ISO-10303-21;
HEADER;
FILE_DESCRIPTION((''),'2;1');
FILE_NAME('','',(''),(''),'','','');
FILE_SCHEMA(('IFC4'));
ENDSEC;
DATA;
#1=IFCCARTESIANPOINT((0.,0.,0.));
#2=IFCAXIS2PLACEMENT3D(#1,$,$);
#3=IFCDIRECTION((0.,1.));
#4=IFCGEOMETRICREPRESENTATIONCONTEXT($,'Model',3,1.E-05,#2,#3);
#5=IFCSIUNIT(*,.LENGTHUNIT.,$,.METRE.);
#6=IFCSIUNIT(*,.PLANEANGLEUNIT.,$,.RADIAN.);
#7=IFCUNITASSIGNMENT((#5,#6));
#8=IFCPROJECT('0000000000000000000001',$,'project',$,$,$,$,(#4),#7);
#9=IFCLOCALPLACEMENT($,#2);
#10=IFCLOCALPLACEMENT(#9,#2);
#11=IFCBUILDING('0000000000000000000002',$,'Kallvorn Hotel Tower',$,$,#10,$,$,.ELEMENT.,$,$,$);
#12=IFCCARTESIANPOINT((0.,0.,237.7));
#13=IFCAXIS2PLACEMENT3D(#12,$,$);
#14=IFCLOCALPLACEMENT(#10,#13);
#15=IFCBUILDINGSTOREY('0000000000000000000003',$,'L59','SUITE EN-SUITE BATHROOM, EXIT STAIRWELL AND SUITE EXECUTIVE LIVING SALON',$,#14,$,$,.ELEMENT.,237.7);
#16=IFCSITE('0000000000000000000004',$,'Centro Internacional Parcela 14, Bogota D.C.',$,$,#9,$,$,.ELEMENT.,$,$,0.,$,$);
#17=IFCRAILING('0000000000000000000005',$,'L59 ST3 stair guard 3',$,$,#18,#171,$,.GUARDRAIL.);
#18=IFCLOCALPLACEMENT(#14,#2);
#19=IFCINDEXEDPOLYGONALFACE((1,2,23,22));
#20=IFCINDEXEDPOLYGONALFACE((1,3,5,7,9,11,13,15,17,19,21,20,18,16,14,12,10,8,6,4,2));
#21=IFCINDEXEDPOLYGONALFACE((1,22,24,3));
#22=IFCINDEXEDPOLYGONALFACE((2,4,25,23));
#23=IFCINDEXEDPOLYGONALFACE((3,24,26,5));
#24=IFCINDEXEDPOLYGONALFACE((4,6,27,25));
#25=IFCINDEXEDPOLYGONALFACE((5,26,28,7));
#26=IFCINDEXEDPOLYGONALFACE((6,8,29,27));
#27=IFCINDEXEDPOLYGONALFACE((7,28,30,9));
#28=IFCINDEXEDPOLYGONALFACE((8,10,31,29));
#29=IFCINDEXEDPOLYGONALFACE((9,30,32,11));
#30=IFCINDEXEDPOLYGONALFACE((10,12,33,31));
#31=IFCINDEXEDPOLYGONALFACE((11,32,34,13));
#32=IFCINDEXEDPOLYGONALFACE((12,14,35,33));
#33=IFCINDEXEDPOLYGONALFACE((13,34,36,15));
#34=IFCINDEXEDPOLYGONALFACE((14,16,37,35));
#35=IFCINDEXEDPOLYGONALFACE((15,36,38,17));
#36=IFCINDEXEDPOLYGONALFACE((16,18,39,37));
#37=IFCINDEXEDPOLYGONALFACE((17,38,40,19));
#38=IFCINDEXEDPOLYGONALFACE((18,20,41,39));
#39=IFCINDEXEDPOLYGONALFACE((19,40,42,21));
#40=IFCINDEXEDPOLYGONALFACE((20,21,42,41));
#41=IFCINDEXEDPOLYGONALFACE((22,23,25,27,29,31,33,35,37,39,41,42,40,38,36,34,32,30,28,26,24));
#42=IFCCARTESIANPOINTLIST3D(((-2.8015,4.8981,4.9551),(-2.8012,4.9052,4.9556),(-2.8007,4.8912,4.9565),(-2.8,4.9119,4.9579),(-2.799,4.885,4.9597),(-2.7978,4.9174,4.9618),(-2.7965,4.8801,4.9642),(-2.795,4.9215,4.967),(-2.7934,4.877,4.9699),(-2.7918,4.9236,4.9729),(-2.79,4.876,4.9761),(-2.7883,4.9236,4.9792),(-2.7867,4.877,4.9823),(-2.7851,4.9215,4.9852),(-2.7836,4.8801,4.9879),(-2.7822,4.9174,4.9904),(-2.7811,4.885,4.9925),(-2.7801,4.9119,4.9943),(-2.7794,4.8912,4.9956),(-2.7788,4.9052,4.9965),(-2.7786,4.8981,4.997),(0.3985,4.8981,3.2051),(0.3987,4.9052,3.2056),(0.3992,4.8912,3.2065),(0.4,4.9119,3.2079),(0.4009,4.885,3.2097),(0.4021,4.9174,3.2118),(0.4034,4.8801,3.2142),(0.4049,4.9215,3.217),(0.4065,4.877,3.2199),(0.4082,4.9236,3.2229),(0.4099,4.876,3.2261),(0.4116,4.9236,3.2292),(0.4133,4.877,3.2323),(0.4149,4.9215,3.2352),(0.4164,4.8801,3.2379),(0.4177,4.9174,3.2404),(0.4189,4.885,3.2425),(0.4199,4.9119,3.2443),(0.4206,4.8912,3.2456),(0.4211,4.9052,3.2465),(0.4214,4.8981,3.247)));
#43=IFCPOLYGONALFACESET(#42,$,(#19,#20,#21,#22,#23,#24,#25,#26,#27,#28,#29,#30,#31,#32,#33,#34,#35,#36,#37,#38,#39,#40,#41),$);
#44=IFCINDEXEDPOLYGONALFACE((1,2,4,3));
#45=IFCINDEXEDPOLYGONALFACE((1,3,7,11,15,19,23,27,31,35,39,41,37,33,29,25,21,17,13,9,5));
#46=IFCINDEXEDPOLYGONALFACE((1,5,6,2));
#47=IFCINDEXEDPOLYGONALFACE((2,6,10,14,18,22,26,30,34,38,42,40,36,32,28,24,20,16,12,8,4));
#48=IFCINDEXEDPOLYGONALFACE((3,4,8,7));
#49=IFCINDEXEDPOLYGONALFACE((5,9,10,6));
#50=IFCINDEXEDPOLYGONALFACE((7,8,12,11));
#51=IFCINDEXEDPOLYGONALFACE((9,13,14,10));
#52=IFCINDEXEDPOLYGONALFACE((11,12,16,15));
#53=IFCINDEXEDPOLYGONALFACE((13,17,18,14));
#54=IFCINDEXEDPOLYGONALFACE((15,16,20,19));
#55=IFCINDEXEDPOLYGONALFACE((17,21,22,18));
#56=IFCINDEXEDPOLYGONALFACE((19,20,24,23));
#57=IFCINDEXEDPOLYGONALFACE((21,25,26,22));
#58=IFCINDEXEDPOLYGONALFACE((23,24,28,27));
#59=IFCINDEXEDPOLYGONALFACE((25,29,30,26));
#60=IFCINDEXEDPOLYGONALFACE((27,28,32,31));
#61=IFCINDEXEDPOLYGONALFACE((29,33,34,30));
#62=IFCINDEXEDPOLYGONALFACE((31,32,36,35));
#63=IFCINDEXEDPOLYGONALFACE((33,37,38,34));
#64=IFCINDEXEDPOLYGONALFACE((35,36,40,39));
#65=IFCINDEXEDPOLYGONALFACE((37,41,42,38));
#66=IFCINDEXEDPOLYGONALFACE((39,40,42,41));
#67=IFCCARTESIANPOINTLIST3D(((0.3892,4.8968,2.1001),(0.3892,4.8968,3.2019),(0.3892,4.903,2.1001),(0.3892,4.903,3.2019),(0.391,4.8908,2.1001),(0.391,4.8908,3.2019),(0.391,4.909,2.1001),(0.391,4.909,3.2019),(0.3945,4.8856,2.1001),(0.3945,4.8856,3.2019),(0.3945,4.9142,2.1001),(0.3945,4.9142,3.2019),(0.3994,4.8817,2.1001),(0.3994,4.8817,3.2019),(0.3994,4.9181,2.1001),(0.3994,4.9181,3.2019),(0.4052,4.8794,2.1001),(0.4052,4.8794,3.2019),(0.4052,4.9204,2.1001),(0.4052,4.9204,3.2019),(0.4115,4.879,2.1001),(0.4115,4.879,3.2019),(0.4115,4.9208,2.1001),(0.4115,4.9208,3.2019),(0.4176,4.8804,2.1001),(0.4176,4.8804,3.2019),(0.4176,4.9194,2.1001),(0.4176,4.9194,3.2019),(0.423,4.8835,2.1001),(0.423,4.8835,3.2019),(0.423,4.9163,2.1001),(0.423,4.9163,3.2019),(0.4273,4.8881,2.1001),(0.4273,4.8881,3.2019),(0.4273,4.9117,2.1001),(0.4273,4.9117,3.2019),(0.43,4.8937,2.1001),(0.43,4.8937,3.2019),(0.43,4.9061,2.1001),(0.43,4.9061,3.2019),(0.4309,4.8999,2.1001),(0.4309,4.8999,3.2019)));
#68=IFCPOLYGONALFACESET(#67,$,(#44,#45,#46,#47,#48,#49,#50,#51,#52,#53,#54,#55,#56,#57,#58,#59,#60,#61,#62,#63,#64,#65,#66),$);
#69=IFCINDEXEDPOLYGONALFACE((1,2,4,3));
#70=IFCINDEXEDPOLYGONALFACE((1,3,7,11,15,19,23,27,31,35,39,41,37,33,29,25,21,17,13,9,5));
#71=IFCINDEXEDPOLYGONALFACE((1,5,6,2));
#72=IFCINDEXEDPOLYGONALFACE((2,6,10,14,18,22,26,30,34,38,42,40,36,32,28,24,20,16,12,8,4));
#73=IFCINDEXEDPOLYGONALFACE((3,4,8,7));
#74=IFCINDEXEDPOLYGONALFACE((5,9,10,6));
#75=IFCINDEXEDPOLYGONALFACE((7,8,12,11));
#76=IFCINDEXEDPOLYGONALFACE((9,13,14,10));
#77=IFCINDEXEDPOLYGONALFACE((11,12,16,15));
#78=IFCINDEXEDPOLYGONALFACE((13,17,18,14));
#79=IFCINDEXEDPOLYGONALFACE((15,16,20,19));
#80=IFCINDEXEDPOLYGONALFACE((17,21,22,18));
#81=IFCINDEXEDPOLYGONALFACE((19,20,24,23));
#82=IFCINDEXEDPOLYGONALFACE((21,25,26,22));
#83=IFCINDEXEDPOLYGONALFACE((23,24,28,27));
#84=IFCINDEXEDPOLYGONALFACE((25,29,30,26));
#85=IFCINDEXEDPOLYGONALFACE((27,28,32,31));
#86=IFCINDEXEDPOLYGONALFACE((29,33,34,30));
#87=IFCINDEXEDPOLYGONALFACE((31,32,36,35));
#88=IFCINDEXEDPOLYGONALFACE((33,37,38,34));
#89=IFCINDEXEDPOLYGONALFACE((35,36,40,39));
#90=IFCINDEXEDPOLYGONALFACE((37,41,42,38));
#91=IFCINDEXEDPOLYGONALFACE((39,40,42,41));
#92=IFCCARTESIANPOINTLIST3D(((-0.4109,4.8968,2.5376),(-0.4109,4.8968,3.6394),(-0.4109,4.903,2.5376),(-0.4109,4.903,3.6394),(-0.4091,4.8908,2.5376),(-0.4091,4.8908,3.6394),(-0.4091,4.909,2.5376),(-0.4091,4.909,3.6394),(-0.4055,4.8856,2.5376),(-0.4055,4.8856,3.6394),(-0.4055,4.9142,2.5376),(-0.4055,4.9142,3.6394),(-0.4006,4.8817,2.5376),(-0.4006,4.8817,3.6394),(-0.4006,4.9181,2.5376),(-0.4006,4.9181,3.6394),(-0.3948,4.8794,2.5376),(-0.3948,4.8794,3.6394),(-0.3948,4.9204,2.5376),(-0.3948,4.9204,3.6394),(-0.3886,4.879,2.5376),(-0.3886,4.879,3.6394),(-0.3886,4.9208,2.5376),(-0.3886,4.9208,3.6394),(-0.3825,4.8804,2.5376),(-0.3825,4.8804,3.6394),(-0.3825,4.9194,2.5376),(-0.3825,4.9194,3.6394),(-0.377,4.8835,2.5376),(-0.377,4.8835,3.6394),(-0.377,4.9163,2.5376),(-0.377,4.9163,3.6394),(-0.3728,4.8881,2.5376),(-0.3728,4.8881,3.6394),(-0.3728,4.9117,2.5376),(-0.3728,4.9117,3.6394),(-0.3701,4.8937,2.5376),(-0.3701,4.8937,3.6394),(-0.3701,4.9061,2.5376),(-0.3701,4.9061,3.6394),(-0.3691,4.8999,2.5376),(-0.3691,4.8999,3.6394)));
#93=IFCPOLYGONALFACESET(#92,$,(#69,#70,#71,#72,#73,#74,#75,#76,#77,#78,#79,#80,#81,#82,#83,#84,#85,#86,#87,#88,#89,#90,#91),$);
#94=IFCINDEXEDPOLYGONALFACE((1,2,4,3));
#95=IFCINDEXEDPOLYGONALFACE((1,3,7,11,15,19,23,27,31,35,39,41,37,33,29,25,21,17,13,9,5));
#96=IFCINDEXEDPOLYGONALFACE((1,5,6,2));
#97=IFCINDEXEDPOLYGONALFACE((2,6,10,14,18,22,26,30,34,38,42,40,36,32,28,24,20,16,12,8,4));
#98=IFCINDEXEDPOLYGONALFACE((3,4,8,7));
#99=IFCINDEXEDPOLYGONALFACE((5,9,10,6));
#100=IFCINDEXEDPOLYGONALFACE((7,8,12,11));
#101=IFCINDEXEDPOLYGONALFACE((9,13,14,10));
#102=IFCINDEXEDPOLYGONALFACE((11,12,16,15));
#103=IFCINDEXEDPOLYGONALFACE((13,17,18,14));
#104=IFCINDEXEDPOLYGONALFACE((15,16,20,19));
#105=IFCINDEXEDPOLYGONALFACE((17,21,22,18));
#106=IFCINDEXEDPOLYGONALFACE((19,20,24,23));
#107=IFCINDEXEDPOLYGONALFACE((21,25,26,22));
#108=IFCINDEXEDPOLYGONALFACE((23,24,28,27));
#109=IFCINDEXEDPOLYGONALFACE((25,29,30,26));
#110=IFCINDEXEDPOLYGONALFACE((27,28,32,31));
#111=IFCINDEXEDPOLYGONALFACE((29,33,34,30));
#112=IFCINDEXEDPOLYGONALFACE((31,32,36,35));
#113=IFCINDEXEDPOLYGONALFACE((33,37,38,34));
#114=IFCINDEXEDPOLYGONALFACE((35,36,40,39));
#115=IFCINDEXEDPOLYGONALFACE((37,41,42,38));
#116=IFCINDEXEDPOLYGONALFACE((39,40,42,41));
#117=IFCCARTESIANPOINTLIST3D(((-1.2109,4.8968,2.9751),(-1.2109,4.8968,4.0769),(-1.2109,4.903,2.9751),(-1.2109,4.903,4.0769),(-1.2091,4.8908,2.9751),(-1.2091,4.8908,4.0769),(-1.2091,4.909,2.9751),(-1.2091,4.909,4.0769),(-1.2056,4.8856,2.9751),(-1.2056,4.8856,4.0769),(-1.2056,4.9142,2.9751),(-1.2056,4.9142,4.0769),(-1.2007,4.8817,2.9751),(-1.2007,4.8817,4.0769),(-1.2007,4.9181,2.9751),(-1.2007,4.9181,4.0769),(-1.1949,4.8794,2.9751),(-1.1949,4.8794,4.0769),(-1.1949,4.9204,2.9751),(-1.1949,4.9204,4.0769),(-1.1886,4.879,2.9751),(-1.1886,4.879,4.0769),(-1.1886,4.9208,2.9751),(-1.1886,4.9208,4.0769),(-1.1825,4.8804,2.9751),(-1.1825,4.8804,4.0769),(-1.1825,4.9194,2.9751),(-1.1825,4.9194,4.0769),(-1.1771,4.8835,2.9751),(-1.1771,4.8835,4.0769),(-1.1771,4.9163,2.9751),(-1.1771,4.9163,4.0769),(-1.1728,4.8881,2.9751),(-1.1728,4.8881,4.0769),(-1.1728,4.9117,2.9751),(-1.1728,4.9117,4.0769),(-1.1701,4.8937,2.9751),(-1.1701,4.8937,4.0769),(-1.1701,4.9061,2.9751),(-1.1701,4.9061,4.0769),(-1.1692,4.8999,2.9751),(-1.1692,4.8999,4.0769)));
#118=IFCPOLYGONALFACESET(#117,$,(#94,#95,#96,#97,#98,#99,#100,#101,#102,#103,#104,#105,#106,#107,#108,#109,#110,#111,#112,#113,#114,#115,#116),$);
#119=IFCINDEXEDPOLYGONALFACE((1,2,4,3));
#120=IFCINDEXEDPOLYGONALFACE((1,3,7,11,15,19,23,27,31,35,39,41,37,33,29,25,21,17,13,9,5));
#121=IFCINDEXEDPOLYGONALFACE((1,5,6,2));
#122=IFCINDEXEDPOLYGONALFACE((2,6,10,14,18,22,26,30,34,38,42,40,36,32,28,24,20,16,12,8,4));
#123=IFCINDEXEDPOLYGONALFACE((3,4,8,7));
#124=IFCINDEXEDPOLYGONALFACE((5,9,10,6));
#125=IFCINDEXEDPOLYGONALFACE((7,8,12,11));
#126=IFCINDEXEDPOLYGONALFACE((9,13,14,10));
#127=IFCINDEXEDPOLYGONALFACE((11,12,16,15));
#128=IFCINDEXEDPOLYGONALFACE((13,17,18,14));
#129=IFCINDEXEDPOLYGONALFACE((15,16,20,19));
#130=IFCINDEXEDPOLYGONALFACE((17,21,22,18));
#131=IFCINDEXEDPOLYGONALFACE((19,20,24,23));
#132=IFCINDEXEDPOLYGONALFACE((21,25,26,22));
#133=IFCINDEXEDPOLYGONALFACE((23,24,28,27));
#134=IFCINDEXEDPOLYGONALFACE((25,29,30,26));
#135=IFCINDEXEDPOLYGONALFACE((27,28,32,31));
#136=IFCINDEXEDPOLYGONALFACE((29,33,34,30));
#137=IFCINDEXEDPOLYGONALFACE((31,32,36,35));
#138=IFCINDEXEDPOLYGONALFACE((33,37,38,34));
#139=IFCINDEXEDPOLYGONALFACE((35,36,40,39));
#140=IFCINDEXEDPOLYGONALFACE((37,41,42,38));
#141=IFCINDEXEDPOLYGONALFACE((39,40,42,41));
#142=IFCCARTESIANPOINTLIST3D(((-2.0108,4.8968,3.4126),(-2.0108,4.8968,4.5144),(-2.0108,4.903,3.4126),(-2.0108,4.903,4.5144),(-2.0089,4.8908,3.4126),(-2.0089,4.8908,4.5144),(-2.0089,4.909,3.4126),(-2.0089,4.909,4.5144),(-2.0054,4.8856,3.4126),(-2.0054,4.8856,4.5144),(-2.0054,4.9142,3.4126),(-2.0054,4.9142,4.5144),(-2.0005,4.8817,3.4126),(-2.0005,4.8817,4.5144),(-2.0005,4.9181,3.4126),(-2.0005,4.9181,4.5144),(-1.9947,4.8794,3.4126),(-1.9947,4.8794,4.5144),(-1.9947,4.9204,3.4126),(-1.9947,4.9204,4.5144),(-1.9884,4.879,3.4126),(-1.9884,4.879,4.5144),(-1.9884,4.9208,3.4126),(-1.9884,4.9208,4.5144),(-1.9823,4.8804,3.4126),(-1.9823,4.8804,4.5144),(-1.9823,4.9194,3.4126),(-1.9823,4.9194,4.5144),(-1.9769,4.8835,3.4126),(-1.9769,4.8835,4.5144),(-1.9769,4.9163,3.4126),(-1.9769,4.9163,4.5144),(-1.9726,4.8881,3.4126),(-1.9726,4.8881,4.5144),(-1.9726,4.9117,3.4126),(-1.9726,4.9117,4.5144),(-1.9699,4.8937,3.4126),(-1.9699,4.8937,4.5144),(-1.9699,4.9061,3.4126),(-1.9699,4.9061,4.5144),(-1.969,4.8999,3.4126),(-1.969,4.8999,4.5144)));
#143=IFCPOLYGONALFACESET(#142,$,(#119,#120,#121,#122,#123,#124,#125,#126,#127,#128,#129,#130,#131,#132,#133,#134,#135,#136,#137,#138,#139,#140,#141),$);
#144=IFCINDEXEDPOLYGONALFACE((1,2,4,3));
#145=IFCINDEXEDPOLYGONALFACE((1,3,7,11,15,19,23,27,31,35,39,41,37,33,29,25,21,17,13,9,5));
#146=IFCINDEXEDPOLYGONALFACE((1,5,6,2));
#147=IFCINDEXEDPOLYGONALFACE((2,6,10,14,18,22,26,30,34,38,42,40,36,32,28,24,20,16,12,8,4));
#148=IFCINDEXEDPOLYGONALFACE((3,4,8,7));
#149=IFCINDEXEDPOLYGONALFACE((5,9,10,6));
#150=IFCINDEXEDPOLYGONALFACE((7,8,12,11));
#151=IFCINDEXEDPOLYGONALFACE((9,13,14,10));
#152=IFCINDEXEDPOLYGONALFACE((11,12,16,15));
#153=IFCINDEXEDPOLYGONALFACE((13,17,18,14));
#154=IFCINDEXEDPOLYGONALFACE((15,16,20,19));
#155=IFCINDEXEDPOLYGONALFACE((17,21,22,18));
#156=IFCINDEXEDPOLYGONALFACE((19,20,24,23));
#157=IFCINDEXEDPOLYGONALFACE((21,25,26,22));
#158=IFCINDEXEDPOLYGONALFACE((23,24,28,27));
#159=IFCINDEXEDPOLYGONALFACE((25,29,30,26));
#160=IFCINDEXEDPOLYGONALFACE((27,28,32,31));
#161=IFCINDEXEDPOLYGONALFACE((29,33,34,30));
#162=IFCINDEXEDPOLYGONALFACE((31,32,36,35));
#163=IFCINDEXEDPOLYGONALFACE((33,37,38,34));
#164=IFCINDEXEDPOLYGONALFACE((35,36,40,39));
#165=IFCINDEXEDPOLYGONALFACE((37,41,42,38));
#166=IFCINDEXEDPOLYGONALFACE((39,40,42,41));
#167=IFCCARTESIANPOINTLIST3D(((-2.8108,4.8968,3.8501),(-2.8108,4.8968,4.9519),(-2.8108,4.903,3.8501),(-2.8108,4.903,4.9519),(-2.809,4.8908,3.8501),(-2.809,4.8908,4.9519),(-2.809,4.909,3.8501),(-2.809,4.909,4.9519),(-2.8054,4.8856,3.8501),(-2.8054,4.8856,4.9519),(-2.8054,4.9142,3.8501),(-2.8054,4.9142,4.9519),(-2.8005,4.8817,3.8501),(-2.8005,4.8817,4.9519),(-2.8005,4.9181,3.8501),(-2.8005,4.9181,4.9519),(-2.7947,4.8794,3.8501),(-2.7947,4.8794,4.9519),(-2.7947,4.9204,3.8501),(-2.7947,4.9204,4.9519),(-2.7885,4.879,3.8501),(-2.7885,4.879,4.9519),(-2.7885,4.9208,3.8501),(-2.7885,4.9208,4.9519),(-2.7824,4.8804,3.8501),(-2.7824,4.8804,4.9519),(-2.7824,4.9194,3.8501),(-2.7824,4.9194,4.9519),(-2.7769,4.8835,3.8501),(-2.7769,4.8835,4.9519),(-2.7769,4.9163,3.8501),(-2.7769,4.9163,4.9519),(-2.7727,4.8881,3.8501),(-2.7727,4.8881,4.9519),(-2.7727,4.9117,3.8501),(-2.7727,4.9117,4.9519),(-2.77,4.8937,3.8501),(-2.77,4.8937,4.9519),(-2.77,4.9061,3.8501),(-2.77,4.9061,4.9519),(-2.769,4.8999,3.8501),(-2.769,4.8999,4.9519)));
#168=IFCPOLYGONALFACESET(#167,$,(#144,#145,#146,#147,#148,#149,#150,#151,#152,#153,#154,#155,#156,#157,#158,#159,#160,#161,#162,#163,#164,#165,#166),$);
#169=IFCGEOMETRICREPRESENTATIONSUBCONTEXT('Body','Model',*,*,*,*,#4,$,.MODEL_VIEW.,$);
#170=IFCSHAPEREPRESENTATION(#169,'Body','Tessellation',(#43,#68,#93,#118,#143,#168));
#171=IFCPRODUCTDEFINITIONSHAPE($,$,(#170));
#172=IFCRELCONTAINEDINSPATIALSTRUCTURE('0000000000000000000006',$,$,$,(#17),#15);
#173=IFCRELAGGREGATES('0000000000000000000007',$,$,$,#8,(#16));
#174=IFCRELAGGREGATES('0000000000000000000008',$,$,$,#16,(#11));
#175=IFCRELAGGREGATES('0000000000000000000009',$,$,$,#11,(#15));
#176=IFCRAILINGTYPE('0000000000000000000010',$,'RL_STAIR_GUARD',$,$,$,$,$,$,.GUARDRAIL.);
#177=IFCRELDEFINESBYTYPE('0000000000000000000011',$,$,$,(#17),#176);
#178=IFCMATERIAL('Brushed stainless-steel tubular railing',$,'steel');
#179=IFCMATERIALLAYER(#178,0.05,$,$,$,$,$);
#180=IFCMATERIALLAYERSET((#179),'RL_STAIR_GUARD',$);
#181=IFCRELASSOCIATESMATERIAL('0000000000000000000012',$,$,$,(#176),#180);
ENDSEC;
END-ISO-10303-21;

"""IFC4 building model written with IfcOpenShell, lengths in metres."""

from ifc_helpers import new_model, si_unit, direction, frame, origin, origin_2d, place, context, subcontext, project, spatial, circle, extrude, material, layer, layer_set, type_object, element, save


model = new_model("IFC4")

# Units and contexts
model_context = context("Model", 3, precision=1e-05, world=origin(), true_north=direction((0.0, 1.0)))
body_context = subcontext(model_context, "Body", "Model", "MODEL_VIEW")
ifc_project = project(units=[si_unit("LENGTHUNIT", "METRE"), si_unit("PLANEANGLEUNIT", "RADIAN")], contexts=[model_context])

# Site, building, storey
site_placement = place(None, origin())
site = spatial("IfcSite", under=ifc_project, at=site_placement, Name="Centro Internacional Parcela 14, Bogota D.C.", CompositionType="ELEMENT", RefElevation=0.0)
building_placement = place(site_placement, origin())
building = spatial("IfcBuilding", under=site, at=building_placement, Name="Kallvorn Hotel Tower", CompositionType="ELEMENT")
storey_placement = place(building_placement, frame((0.0, 0.0, 237.7)))
storey = spatial("IfcBuildingStorey", under=building, at=storey_placement, Name="L59", Description="SUITE EN-SUITE BATHROOM, EXIT STAIRWELL AND SUITE EXECUTIVE LIVING SALON", CompositionType="ELEMENT", Elevation=237.7)

# Railing
ifc_material_1 = material(Name="Brushed stainless-steel tubular railing", Category="steel")
ifc_layer_1 = layer(ifc_material_1, 0.05)
ifc_layer_set_1 = layer_set([ifc_layer_1], Name="RL_STAIR_GUARD")
railing_type_1 = type_object("IfcRailingType", Name="RL_STAIR_GUARD", PredefinedType="GUARDRAIL", material=ifc_layer_set_1)
railing_1_placement = place(storey_placement, frame((0.4099, 4.8999, 2.1001)))
element("IfcRailing", 1, at=railing_1_placement, inside=storey, type_object=railing_type_1, Name="L59 ST3 stair guard 3", PredefinedType="GUARDRAIL", context=body_context, shape_type="SweptSolid", body=[
    extrude(circle(Radius=0.0239, at=origin_2d()), frame((0.0, 0.0, 1.126), z_axis=(-0.877368, 0.0, 0.479818), x_axis=(0.0, -1.0, 0.0)), (0.0, 0.0, 1.0), 3.6472),
    extrude(circle(Radius=0.021, at=origin_2d()), origin(), (0.0, 0.0, 1.0), 1.1018),
    extrude(circle(Radius=0.021, at=origin_2d()), frame((-0.8, 0.0, 0.4375)), (0.0, 0.0, 1.0), 1.1018),
    extrude(circle(Radius=0.021, at=origin_2d()), frame((-1.6001, 0.0, 0.875)), (0.0, 0.0, 1.0), 1.1018),
    extrude(circle(Radius=0.021, at=origin_2d()), frame((-2.3999, 0.0, 1.3125)), (0.0, 0.0, 1.0), 1.1018),
    extrude(circle(Radius=0.021, at=origin_2d()), frame((-3.2, 0.0, 1.75)), (0.0, 0.0, 1.0), 1.1018),
])

save(model, "model.ifc")
